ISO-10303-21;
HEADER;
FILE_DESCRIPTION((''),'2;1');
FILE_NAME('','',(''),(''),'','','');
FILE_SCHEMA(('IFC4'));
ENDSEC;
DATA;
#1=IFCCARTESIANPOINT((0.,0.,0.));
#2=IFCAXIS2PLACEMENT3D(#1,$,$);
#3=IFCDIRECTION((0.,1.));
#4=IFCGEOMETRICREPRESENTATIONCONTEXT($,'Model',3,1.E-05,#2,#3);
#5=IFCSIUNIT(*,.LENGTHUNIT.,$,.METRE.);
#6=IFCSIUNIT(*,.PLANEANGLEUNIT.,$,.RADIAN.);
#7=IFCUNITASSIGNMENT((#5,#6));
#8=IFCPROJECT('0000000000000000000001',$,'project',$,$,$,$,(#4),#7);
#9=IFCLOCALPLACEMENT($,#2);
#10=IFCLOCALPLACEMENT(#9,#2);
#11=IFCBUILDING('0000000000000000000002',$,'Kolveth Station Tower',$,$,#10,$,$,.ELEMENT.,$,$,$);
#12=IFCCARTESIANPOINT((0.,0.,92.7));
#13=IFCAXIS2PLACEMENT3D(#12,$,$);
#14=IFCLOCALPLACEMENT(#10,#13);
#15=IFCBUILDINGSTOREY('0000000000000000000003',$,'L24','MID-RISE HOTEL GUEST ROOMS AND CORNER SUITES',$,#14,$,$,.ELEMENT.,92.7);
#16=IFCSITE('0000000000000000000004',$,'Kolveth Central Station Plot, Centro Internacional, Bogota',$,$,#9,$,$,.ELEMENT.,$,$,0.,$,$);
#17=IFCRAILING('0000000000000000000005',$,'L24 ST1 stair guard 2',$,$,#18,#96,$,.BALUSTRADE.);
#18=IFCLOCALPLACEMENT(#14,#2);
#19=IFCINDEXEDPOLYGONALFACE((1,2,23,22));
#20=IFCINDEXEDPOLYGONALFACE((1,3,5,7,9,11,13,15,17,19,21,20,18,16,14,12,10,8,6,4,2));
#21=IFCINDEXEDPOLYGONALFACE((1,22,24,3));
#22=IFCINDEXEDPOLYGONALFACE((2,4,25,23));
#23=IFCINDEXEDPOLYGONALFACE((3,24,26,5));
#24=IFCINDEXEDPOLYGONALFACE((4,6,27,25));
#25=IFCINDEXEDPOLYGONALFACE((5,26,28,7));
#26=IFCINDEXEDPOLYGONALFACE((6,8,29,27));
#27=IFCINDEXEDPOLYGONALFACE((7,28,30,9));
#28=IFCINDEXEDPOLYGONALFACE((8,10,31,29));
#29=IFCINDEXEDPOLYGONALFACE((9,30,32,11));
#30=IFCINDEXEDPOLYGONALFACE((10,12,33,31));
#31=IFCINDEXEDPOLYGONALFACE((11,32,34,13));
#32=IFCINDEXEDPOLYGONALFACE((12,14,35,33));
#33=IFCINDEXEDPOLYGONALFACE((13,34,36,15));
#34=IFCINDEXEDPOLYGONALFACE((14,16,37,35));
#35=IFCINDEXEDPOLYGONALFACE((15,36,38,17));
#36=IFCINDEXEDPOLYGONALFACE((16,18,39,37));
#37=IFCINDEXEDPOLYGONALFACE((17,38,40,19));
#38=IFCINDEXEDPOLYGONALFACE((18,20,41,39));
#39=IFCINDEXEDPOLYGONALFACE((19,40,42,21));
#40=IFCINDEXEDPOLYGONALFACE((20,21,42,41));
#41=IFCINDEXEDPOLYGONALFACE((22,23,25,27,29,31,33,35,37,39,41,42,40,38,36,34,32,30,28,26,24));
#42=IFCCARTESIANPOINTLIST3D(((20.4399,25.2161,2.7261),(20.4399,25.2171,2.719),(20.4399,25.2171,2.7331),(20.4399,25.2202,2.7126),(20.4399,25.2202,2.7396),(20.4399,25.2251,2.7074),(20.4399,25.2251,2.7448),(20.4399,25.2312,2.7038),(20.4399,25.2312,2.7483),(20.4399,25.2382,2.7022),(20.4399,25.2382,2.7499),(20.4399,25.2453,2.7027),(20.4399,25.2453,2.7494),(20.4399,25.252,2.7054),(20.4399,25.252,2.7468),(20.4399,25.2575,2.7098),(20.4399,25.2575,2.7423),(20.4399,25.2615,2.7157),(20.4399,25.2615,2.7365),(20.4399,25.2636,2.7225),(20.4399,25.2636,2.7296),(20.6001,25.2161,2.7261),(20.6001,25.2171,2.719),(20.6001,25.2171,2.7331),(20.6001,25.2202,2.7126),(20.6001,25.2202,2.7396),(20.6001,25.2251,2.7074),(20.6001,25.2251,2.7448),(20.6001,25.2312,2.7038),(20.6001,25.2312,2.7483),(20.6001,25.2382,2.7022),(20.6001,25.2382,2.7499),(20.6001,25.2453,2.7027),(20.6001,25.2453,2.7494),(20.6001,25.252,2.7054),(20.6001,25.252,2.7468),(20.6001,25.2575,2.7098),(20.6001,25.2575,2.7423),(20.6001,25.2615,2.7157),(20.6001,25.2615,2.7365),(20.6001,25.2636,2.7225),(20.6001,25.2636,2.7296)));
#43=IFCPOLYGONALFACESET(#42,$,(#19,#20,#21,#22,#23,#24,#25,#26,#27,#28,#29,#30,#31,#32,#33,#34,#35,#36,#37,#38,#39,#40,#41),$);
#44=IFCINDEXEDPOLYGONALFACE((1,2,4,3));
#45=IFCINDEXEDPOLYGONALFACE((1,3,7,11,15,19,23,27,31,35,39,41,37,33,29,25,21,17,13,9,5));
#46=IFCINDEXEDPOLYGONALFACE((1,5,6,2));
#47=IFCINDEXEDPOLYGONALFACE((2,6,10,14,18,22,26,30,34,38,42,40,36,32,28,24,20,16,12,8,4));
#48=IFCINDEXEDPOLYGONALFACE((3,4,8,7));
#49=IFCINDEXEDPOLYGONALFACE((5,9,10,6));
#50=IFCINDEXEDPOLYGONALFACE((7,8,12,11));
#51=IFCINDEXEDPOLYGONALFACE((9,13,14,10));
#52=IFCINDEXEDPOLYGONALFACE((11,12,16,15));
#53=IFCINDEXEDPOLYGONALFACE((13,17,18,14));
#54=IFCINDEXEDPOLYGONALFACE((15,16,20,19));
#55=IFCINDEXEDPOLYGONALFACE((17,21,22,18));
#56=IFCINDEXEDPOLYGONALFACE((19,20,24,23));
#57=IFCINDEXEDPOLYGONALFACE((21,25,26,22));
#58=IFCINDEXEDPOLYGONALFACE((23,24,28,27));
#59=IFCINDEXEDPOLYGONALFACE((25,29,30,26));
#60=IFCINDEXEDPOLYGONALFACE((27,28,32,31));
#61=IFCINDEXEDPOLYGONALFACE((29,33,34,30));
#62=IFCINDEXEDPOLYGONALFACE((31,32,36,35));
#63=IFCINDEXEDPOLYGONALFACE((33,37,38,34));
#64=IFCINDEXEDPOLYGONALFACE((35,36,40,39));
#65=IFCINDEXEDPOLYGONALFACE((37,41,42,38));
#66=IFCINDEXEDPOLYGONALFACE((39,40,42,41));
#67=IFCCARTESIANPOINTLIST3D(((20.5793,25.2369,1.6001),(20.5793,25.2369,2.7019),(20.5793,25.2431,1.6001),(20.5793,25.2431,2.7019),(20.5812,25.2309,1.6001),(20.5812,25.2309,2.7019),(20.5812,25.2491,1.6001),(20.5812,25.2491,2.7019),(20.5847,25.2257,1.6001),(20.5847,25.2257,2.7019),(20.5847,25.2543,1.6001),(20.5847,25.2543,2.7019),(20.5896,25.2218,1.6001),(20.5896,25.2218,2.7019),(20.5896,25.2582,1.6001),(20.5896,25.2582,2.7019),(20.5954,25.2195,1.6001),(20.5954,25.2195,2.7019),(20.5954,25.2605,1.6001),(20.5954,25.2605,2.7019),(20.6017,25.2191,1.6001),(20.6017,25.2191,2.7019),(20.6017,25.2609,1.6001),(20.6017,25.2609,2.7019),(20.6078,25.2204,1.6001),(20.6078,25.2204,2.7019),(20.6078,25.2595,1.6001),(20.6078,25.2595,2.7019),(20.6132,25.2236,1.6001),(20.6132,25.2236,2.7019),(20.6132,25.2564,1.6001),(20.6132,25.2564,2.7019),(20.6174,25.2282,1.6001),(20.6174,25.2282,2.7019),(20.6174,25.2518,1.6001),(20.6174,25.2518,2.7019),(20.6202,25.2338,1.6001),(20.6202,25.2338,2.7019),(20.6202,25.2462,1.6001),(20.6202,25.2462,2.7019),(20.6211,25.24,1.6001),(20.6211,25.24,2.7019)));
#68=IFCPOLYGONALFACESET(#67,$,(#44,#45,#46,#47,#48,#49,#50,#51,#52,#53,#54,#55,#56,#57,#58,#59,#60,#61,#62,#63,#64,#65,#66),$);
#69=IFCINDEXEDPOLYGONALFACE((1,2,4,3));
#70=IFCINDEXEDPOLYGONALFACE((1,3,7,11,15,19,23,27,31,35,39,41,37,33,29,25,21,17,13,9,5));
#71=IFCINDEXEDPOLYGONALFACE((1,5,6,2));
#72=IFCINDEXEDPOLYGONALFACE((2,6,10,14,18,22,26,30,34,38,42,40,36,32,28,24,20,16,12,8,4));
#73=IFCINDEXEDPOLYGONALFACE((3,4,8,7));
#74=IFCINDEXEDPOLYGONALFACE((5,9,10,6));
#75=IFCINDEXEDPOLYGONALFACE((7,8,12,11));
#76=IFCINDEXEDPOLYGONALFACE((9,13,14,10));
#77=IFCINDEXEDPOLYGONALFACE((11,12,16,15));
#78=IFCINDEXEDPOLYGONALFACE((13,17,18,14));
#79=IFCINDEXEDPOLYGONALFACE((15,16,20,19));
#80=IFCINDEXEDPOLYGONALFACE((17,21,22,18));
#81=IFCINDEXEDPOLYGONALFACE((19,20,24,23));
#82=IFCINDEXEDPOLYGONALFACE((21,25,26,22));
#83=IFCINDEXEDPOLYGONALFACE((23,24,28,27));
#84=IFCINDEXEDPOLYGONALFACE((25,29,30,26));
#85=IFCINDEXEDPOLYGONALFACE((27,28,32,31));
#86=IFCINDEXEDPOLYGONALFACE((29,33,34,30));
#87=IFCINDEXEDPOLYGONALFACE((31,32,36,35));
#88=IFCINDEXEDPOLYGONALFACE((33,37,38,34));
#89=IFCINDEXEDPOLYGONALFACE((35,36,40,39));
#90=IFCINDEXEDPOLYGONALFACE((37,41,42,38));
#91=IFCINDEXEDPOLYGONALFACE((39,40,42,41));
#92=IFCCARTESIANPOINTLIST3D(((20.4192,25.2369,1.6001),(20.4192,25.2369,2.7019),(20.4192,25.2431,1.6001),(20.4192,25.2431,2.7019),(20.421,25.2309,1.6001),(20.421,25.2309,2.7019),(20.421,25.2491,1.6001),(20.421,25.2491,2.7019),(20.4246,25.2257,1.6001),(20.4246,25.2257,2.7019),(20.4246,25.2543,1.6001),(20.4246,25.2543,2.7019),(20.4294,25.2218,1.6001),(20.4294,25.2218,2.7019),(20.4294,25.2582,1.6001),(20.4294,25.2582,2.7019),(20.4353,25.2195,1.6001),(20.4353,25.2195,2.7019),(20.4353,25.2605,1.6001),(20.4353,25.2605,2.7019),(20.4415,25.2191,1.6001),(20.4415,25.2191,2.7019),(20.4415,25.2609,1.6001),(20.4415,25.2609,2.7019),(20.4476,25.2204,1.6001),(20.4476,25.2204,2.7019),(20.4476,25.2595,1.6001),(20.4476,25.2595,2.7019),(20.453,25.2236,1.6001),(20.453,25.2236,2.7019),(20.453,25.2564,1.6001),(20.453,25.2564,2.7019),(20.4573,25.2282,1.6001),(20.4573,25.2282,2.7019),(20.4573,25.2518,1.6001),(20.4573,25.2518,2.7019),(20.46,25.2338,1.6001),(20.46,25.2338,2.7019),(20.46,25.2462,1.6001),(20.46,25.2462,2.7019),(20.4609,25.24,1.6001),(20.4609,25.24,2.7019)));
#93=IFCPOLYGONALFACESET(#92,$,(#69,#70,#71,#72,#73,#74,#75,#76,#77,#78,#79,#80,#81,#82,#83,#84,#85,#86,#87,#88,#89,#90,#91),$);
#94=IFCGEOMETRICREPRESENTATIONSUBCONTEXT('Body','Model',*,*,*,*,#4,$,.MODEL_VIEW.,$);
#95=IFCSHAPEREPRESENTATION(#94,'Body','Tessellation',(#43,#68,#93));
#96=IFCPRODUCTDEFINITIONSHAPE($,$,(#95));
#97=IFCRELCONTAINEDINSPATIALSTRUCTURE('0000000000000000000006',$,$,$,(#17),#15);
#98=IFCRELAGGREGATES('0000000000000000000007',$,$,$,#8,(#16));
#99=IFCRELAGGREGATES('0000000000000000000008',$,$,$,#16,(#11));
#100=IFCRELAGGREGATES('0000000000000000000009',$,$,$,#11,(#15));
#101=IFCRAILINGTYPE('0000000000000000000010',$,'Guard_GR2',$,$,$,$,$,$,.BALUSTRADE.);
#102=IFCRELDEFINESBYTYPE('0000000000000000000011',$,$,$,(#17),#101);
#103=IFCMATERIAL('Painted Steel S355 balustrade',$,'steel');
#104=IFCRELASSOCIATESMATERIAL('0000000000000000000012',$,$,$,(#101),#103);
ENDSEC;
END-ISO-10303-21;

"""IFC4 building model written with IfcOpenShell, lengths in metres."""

from ifc_helpers import new_model, si_unit, direction, frame, origin, origin_2d, place, context, subcontext, project, spatial, circle, extrude, material, type_object, element, save


model = new_model("IFC4")

# Units and contexts
model_context = context("Model", 3, precision=1e-05, world=origin(), true_north=direction((0.0, 1.0)))
body_context = subcontext(model_context, "Body", "Model", "MODEL_VIEW")
ifc_project = project(units=[si_unit("LENGTHUNIT", "METRE"), si_unit("PLANEANGLEUNIT", "RADIAN")], contexts=[model_context])

# Site, building, storey
site_placement = place(None, origin())
site = spatial("IfcSite", under=ifc_project, at=site_placement, Name="Kolveth Central Station Plot, Centro Internacional, Bogota", CompositionType="ELEMENT", RefElevation=0.0)
building_placement = place(site_placement, origin())
building = spatial("IfcBuilding", under=site, at=building_placement, Name="Kolveth Station Tower", CompositionType="ELEMENT")
storey_placement = place(building_placement, frame((0.0, 0.0, 92.7)))
storey = spatial("IfcBuildingStorey", under=building, at=storey_placement, Name="L24", Description="MID-RISE HOTEL GUEST ROOMS AND CORNER SUITES", CompositionType="ELEMENT", Elevation=92.7)

# Railing
ifc_material_1 = material(Name="Painted Steel S355 balustrade", Category="steel")
railing_type_1 = type_object("IfcRailingType", Name="Guard_GR2", PredefinedType="BALUSTRADE", material=ifc_material_1)
railing_1_placement = place(storey_placement, frame((20.6001, 25.24, 1.6001)))
element("IfcRailing", 1, at=railing_1_placement, inside=storey, type_object=railing_type_1, Name="L24 ST1 stair guard 2", PredefinedType="BALUSTRADE", context=body_context, shape_type="SweptSolid", body=[
    extrude(circle(Radius=0.0239, at=origin_2d()), frame((0.0, 0.0, 1.126), z_axis=(-1.0, 0.0, 0.0), x_axis=(0.0, -1.0, 0.0)), (0.0, 0.0, 1.0), 0.1602),
    extrude(circle(Radius=0.021, at=origin_2d()), origin(), (0.0, 0.0, 1.0), 1.1018),
    extrude(circle(Radius=0.021, at=origin_2d()), frame((-0.1602, 0.0, 0.0)), (0.0, 0.0, 1.0), 1.1018),
])

save(model, "model.ifc")
